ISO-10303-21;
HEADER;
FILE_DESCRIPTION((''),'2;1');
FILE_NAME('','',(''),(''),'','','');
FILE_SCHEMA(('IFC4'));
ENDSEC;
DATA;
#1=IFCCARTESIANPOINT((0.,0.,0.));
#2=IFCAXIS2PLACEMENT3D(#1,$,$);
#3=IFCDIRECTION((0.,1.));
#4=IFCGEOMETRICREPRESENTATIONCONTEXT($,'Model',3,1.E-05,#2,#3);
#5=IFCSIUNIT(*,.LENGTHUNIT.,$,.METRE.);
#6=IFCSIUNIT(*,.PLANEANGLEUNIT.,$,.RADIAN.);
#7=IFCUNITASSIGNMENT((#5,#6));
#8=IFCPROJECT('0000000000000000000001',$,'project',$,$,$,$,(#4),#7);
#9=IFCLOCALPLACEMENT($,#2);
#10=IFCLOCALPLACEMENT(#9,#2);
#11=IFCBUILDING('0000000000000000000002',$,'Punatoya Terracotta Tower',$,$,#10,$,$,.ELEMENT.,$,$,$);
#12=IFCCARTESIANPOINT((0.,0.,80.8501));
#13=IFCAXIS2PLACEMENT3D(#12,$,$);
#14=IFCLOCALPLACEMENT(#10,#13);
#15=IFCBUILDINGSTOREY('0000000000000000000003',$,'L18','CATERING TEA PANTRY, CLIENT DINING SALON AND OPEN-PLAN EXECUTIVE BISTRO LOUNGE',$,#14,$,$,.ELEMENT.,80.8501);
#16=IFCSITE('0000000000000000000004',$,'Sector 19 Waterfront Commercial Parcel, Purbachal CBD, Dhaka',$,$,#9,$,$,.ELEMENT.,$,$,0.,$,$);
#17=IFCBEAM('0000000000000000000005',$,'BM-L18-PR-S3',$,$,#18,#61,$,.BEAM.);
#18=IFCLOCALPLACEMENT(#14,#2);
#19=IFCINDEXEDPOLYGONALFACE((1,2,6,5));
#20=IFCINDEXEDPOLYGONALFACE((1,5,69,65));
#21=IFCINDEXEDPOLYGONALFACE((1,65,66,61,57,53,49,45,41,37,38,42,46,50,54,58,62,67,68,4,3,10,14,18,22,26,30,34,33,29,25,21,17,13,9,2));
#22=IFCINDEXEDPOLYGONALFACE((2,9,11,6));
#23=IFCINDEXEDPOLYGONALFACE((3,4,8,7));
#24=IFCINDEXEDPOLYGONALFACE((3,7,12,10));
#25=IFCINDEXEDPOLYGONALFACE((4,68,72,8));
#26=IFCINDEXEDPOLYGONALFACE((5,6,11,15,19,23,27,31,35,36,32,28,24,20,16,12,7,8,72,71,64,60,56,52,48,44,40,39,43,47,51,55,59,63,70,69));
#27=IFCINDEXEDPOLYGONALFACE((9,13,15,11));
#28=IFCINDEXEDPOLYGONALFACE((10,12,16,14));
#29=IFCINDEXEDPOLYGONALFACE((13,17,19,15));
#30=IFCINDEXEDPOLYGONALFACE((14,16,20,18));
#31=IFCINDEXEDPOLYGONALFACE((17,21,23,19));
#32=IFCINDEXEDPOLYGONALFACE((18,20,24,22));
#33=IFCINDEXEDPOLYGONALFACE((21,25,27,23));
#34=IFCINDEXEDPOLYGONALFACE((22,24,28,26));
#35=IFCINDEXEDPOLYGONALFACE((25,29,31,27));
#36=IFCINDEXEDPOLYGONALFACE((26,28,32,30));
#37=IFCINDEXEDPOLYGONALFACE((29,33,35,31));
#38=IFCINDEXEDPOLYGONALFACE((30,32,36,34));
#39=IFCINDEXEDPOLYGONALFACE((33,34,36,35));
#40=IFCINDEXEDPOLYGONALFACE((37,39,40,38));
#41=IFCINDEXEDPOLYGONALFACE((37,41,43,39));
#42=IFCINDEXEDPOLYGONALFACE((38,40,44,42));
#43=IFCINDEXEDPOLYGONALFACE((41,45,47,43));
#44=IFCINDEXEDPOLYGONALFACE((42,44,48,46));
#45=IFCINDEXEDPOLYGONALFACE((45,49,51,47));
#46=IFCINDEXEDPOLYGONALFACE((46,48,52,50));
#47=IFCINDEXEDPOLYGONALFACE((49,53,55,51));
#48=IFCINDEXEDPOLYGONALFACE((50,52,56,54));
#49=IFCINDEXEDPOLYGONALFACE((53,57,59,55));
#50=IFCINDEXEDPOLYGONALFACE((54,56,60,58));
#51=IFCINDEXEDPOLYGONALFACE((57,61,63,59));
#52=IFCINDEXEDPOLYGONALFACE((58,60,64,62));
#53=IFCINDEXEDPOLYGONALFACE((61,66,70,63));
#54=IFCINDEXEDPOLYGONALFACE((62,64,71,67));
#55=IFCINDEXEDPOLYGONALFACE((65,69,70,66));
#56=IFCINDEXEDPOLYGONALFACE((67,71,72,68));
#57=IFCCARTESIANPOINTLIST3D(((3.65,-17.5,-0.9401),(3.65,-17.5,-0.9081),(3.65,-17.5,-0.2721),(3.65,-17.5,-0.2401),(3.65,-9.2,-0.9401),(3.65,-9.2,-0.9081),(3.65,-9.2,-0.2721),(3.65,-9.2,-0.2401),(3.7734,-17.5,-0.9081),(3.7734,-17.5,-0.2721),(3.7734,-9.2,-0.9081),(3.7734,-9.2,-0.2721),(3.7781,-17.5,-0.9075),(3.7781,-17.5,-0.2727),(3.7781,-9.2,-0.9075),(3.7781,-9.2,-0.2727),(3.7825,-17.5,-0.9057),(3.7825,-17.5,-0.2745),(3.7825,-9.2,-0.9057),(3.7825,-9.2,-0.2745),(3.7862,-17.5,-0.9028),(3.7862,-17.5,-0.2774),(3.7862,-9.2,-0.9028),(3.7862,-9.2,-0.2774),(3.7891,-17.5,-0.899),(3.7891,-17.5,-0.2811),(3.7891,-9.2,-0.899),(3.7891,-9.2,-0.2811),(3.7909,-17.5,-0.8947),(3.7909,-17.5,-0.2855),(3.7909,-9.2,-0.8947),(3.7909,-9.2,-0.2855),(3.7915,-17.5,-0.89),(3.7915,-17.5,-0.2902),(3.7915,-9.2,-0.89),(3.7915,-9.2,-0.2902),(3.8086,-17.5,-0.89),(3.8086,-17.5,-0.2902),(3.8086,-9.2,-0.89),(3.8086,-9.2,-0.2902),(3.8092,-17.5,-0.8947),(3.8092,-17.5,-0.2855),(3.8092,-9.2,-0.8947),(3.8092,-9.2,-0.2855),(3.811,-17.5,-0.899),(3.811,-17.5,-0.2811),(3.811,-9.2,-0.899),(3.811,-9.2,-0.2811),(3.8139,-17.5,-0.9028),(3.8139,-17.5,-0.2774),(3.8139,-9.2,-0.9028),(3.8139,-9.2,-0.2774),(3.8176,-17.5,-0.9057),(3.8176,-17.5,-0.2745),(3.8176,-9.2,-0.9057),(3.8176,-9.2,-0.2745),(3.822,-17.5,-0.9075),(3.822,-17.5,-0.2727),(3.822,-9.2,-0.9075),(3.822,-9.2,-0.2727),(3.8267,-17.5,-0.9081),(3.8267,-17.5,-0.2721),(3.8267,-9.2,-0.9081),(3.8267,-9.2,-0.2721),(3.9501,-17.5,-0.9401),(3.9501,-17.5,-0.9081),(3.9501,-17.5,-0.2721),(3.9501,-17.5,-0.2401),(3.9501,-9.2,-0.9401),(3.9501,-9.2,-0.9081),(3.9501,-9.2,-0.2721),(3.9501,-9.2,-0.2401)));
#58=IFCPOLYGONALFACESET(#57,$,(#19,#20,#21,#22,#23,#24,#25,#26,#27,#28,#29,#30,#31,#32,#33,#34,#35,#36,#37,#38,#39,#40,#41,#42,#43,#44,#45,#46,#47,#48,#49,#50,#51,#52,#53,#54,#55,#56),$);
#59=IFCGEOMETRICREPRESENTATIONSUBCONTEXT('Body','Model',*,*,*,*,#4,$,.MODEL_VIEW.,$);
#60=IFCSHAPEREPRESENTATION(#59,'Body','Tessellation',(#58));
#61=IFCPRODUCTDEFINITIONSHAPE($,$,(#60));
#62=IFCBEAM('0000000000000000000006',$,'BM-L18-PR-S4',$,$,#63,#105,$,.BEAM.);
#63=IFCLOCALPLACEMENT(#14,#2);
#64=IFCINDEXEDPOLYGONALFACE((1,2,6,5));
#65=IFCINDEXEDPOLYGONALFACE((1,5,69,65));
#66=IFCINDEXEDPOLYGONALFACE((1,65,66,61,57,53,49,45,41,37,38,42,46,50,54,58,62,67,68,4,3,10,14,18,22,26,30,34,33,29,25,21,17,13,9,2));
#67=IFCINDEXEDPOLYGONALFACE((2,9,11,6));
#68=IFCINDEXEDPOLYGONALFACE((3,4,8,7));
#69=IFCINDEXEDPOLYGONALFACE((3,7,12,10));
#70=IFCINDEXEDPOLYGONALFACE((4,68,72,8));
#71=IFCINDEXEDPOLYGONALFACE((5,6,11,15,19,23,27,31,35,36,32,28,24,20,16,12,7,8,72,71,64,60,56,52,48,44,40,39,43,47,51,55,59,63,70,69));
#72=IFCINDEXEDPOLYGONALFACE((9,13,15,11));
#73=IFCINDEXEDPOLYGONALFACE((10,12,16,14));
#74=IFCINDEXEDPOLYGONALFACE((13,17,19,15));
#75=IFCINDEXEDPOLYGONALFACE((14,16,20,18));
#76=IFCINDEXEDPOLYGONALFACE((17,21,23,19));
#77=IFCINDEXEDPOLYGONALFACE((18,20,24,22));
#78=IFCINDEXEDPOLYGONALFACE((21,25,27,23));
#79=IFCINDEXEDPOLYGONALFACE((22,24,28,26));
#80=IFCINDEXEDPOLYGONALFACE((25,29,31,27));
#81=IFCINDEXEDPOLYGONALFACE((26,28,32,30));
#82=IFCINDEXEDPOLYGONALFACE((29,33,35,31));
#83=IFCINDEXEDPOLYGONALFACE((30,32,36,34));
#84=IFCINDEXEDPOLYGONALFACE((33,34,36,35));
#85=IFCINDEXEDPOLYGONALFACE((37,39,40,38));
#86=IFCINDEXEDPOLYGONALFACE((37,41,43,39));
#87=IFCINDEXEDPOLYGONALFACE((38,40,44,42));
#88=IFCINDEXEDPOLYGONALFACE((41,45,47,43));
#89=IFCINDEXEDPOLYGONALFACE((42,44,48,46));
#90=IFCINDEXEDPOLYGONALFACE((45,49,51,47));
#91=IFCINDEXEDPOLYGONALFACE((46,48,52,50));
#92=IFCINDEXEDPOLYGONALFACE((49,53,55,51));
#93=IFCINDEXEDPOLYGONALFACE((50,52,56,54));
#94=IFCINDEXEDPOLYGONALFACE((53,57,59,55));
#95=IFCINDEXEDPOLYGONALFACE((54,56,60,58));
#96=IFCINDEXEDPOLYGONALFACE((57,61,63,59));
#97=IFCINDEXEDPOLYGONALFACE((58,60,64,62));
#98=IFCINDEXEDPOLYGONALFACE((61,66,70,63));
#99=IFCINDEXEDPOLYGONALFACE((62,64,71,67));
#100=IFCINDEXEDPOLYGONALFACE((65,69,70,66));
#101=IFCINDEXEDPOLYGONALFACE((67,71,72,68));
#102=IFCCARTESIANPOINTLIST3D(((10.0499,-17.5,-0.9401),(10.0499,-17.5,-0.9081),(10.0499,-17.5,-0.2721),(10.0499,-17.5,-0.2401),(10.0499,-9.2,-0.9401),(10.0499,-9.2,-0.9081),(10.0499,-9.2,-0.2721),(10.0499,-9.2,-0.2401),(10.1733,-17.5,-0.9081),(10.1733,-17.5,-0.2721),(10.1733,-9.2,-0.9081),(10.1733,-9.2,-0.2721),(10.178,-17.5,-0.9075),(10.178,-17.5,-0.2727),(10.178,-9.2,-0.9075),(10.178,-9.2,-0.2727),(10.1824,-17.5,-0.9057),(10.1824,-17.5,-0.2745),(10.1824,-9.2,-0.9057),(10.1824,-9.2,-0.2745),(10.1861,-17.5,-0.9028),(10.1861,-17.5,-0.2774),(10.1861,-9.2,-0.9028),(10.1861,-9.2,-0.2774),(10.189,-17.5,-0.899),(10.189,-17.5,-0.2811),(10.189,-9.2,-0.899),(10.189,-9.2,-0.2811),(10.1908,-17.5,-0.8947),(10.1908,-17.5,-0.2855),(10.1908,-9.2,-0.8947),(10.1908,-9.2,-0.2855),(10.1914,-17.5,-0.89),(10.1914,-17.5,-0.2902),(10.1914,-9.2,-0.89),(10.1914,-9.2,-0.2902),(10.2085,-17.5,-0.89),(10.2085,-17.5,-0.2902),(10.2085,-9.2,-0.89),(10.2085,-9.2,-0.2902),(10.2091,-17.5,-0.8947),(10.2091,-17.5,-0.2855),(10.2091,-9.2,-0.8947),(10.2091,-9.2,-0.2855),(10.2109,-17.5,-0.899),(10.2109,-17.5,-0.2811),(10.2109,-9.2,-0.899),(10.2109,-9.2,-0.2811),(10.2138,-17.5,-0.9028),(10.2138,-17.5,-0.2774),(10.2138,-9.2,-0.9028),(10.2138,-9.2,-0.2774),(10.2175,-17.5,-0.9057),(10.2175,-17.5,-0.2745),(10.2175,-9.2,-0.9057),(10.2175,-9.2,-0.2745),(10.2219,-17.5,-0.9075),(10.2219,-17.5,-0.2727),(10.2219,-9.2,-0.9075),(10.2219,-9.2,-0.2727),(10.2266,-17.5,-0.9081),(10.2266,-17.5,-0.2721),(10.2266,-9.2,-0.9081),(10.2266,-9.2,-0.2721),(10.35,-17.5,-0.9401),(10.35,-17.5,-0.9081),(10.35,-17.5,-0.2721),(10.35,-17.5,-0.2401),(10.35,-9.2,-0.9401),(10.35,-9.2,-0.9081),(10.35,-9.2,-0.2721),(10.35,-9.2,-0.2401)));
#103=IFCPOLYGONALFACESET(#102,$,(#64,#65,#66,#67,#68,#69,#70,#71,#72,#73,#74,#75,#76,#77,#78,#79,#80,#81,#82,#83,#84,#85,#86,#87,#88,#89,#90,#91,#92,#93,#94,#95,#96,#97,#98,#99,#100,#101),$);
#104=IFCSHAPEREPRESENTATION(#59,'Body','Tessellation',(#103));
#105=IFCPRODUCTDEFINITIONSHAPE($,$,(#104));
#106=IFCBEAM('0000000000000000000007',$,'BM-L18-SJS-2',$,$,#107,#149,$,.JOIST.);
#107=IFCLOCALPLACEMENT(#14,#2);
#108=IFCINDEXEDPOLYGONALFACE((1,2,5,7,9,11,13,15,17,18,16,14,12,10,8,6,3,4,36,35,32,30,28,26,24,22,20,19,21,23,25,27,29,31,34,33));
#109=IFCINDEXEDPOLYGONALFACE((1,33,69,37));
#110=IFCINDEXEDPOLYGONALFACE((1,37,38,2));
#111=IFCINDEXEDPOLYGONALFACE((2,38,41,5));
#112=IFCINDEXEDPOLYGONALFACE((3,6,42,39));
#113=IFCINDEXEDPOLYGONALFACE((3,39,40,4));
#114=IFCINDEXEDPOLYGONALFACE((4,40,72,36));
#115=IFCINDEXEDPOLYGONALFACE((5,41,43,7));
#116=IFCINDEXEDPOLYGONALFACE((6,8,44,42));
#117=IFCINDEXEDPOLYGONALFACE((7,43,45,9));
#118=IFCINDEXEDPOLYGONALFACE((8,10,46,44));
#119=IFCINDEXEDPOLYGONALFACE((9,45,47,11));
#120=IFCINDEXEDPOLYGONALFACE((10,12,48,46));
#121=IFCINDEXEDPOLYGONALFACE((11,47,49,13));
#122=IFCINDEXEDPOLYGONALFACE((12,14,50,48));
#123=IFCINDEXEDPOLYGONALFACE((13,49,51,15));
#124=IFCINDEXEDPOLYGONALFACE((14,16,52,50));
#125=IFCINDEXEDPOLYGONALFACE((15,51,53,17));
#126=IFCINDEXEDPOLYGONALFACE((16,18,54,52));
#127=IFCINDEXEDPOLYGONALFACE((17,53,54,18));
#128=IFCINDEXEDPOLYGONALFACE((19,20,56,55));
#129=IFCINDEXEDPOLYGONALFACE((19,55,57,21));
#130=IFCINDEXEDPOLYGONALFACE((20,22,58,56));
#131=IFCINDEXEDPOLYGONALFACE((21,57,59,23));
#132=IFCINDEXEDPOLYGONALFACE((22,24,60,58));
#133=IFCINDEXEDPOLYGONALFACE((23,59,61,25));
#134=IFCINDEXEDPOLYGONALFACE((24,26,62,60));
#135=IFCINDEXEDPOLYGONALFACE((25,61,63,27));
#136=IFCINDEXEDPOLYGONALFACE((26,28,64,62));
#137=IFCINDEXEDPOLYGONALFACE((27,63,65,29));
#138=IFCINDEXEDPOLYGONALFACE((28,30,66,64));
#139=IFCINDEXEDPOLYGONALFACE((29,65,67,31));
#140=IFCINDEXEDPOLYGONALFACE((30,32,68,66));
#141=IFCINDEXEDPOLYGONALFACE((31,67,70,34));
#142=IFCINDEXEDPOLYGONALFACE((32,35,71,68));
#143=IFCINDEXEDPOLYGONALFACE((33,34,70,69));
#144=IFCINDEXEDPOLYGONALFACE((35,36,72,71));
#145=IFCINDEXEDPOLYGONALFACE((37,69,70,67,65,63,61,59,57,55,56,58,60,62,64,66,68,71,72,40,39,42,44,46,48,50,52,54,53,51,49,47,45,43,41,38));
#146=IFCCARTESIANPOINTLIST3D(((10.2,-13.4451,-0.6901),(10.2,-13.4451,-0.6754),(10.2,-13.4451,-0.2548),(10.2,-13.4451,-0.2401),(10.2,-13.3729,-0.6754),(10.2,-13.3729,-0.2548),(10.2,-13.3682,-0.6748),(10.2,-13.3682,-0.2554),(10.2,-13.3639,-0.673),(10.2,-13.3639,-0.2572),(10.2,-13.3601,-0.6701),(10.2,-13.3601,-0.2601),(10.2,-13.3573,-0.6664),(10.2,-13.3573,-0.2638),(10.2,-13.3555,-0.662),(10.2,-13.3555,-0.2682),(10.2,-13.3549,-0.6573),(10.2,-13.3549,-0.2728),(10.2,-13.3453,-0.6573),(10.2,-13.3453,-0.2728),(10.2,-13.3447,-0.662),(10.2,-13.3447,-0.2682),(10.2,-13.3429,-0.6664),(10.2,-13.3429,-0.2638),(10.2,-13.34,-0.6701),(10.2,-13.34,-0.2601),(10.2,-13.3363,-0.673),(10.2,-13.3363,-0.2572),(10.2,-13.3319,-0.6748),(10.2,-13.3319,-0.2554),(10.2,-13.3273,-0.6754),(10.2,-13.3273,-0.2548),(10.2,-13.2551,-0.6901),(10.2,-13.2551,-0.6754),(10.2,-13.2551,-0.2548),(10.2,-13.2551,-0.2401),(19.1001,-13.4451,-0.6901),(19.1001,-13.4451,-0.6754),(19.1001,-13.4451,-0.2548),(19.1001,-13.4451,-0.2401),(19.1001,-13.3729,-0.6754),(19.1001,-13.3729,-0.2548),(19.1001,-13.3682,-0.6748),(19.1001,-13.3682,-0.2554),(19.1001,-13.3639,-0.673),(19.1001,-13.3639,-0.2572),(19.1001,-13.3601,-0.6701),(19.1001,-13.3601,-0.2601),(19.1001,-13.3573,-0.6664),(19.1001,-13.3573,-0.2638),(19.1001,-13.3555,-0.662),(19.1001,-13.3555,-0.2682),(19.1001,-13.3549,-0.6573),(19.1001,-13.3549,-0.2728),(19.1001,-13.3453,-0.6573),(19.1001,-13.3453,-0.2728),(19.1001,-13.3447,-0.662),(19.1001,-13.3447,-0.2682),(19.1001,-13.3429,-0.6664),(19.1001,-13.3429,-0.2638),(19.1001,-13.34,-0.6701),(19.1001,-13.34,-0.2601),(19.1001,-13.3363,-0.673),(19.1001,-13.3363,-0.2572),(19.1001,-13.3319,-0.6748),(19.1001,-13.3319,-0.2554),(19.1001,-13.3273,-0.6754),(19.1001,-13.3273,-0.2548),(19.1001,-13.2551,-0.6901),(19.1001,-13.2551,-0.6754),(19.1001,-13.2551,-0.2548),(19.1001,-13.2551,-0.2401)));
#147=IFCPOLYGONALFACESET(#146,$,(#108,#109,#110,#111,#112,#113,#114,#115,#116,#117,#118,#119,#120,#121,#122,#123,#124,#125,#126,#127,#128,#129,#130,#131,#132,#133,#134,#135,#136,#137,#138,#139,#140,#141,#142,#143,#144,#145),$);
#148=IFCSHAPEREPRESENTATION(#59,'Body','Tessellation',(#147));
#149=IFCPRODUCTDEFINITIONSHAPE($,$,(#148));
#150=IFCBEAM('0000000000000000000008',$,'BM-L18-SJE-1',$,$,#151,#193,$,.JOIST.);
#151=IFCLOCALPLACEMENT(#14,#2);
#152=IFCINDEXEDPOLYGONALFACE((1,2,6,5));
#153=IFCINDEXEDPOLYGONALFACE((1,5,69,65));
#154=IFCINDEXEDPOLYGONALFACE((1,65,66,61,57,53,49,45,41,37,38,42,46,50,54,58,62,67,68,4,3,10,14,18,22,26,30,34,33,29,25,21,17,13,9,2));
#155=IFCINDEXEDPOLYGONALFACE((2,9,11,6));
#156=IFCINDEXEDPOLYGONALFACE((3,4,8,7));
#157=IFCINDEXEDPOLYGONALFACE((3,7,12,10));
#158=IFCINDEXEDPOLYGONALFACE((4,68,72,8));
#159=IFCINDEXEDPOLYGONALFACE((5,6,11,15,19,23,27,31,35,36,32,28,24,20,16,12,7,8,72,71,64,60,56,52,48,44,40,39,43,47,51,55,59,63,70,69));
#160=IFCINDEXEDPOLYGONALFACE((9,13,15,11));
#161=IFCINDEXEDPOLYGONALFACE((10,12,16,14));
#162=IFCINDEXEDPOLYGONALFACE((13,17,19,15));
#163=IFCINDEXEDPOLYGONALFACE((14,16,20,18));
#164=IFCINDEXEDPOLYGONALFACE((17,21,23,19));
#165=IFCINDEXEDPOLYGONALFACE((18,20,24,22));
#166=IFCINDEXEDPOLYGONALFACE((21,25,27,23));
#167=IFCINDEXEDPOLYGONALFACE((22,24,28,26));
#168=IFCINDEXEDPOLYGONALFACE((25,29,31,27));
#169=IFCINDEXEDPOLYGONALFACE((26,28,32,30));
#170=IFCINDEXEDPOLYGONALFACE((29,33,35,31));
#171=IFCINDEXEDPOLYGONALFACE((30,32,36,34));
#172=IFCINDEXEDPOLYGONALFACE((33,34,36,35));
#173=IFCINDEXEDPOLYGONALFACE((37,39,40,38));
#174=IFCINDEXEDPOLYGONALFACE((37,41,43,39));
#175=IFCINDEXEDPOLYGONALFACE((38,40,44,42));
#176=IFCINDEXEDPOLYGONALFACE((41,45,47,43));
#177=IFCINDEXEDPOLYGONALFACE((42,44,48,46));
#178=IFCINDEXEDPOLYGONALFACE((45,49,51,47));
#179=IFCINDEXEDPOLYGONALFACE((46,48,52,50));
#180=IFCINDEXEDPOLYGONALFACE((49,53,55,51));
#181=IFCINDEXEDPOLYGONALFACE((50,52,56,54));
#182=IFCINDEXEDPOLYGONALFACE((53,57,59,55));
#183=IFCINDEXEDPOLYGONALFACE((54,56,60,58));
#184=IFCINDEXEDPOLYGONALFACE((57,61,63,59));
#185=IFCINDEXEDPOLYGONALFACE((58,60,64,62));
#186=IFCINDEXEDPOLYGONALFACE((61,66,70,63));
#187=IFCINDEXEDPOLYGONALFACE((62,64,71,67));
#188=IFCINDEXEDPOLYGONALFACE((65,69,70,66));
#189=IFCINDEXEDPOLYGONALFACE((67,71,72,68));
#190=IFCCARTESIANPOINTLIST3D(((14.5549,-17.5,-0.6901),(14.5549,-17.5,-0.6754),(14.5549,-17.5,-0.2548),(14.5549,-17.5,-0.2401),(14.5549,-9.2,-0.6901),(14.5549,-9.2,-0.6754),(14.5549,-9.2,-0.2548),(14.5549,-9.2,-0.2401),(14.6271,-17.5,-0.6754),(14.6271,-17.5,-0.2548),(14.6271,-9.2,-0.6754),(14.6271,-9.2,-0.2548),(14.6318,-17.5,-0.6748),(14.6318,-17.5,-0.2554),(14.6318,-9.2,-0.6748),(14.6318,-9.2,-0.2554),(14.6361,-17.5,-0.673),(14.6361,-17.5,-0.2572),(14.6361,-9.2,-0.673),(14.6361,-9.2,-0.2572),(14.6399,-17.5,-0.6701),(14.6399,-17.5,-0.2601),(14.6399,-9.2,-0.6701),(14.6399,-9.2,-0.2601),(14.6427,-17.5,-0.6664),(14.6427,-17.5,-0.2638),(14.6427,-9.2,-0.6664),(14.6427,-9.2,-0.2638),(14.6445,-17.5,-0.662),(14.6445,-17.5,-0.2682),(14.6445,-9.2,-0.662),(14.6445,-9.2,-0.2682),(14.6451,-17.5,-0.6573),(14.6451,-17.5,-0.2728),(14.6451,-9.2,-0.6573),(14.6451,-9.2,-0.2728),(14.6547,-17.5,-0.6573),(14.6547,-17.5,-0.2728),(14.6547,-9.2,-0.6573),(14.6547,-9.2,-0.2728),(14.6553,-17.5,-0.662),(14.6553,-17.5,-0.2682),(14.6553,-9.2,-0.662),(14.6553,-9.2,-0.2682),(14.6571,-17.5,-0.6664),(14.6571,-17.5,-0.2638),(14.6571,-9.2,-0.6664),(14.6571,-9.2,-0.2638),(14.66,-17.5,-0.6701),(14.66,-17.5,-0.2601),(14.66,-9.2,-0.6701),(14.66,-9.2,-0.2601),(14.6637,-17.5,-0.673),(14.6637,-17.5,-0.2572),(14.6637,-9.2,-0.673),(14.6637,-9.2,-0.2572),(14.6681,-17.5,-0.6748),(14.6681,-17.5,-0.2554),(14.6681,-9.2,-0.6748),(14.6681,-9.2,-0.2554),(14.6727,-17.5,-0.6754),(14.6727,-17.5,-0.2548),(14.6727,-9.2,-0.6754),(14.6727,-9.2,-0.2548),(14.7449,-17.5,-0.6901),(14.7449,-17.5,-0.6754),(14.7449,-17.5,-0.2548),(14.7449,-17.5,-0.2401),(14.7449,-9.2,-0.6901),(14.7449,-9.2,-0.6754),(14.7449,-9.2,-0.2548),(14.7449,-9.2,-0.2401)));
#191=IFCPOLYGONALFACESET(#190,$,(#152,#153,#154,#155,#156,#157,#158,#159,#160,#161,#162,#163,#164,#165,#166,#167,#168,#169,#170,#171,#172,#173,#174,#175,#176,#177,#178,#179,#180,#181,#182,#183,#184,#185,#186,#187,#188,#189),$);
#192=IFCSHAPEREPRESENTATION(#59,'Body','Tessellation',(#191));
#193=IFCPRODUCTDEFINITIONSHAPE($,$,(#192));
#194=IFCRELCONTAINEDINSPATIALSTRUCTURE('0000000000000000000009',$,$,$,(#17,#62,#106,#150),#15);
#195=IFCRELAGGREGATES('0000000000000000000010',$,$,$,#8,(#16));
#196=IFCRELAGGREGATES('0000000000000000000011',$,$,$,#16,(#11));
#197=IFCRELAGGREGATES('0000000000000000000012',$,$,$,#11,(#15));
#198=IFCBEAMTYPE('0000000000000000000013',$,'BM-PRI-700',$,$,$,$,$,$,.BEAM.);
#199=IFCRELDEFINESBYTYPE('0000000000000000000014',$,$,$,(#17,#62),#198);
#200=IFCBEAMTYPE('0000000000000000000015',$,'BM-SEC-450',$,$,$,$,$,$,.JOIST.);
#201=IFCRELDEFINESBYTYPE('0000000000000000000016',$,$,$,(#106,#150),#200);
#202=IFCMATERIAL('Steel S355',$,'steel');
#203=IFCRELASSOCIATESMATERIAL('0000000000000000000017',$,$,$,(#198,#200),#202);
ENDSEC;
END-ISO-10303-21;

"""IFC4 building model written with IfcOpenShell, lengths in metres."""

from ifc_helpers import new_model, si_unit, direction, frame, origin, origin_2d, place, context, subcontext, project, spatial, i_section, extrude, material, material_profile, profile_set, type_object, element, save


model = new_model("IFC4")

# Units and contexts
model_context = context("Model", 3, precision=1e-05, world=origin(), true_north=direction((0.0, 1.0)))
body_context = subcontext(model_context, "Body", "Model", "MODEL_VIEW")
ifc_project = project(units=[si_unit("LENGTHUNIT", "METRE"), si_unit("PLANEANGLEUNIT", "RADIAN")], contexts=[model_context])

# Site, building, storey
site_placement = place(None, origin())
site = spatial("IfcSite", under=ifc_project, at=site_placement, Name="Sector 19 Waterfront Commercial Parcel, Purbachal CBD, Dhaka", CompositionType="ELEMENT", RefElevation=0.0)
building_placement = place(site_placement, origin())
building = spatial("IfcBuilding", under=site, at=building_placement, Name="Punatoya Terracotta Tower", CompositionType="ELEMENT")
storey_placement = place(building_placement, frame((0.0, 0.0, 80.8501)))
storey = spatial("IfcBuildingStorey", under=building, at=storey_placement, Name="L18", Description="CATERING TEA PANTRY, CLIENT DINING SALON AND OPEN-PLAN EXECUTIVE BISTRO LOUNGE", CompositionType="ELEMENT", Elevation=80.8501)

# Beams
ifc_material_1 = material(Name="Steel S355", Category="steel")
ifc_material_profile_1 = material_profile(ifc_material_1, i_section(OverallWidth=0.3, OverallDepth=0.7, WebThickness=0.0171, FlangeThickness=0.032, FilletRadius=0.0181, at=origin_2d()))
ifc_profile_set_1 = profile_set([ifc_material_profile_1], Name="Steel S355")
beam_type_1 = type_object("IfcBeamType", Name="BM-PRI-700", PredefinedType="BEAM", material=ifc_profile_set_1)
for number, where, z_axis, x_axis, name in (
    (1, (3.8, -17.5, -0.5901), (0.0, 1.0, 0.0), (-1.0, 0.0, 0.0), "BM-L18-PR-S3"),
    (2, (10.2, -17.5, -0.5901), (0.0, 1.0, 0.0), (-1.0, 0.0, 0.0), "BM-L18-PR-S4"),
):
    element("IfcBeam", number, at=place(storey_placement, frame(where, z_axis=z_axis, x_axis=x_axis)), inside=storey, type_object=beam_type_1, Name=name, PredefinedType="BEAM", context=body_context, shape_type="SweptSolid", body=[
        extrude(i_section(OverallWidth=0.3, OverallDepth=0.7, WebThickness=0.0171, FlangeThickness=0.032, FilletRadius=0.0181, at=origin_2d()), origin(), (0.0, 0.0, 1.0), 8.3),
    ])
ifc_material_profile_2 = material_profile(ifc_material_1, i_section(OverallWidth=0.1899, OverallDepth=0.45, WebThickness=0.0095, FlangeThickness=0.0146, FilletRadius=0.0181, at=origin_2d()))
ifc_profile_set_2 = profile_set([ifc_material_profile_2], Name="Steel S355")
beam_type_2 = type_object("IfcBeamType", Name="BM-SEC-450", PredefinedType="JOIST", material=ifc_profile_set_2)
beam_1_placement = place(storey_placement, frame((10.2, -13.3501, -0.4651), z_axis=(1.0, 0.0, 0.0), x_axis=(0.0, 1.0, 0.0)))
element("IfcBeam", 3, at=beam_1_placement, inside=storey, type_object=beam_type_2, Name="BM-L18-SJS-2", PredefinedType="JOIST", context=body_context, shape_type="SweptSolid", body=[
    extrude(i_section(OverallWidth=0.1899, OverallDepth=0.45, WebThickness=0.0095, FlangeThickness=0.0146, FilletRadius=0.0181, at=origin_2d()), origin(), (0.0, 0.0, 1.0), 8.9001),
])
beam_2_placement = place(storey_placement, frame((14.6499, -17.5, -0.4651), z_axis=(0.0, 1.0, 0.0), x_axis=(-1.0, 0.0, 0.0)))
element("IfcBeam", 4, at=beam_2_placement, inside=storey, type_object=beam_type_2, Name="BM-L18-SJE-1", PredefinedType="JOIST", context=body_context, shape_type="SweptSolid", body=[
    extrude(i_section(OverallWidth=0.1899, OverallDepth=0.45, WebThickness=0.0095, FlangeThickness=0.0146, FilletRadius=0.0181, at=origin_2d()), origin(), (0.0, 0.0, 1.0), 8.3),
])

save(model, "model.ifc")
